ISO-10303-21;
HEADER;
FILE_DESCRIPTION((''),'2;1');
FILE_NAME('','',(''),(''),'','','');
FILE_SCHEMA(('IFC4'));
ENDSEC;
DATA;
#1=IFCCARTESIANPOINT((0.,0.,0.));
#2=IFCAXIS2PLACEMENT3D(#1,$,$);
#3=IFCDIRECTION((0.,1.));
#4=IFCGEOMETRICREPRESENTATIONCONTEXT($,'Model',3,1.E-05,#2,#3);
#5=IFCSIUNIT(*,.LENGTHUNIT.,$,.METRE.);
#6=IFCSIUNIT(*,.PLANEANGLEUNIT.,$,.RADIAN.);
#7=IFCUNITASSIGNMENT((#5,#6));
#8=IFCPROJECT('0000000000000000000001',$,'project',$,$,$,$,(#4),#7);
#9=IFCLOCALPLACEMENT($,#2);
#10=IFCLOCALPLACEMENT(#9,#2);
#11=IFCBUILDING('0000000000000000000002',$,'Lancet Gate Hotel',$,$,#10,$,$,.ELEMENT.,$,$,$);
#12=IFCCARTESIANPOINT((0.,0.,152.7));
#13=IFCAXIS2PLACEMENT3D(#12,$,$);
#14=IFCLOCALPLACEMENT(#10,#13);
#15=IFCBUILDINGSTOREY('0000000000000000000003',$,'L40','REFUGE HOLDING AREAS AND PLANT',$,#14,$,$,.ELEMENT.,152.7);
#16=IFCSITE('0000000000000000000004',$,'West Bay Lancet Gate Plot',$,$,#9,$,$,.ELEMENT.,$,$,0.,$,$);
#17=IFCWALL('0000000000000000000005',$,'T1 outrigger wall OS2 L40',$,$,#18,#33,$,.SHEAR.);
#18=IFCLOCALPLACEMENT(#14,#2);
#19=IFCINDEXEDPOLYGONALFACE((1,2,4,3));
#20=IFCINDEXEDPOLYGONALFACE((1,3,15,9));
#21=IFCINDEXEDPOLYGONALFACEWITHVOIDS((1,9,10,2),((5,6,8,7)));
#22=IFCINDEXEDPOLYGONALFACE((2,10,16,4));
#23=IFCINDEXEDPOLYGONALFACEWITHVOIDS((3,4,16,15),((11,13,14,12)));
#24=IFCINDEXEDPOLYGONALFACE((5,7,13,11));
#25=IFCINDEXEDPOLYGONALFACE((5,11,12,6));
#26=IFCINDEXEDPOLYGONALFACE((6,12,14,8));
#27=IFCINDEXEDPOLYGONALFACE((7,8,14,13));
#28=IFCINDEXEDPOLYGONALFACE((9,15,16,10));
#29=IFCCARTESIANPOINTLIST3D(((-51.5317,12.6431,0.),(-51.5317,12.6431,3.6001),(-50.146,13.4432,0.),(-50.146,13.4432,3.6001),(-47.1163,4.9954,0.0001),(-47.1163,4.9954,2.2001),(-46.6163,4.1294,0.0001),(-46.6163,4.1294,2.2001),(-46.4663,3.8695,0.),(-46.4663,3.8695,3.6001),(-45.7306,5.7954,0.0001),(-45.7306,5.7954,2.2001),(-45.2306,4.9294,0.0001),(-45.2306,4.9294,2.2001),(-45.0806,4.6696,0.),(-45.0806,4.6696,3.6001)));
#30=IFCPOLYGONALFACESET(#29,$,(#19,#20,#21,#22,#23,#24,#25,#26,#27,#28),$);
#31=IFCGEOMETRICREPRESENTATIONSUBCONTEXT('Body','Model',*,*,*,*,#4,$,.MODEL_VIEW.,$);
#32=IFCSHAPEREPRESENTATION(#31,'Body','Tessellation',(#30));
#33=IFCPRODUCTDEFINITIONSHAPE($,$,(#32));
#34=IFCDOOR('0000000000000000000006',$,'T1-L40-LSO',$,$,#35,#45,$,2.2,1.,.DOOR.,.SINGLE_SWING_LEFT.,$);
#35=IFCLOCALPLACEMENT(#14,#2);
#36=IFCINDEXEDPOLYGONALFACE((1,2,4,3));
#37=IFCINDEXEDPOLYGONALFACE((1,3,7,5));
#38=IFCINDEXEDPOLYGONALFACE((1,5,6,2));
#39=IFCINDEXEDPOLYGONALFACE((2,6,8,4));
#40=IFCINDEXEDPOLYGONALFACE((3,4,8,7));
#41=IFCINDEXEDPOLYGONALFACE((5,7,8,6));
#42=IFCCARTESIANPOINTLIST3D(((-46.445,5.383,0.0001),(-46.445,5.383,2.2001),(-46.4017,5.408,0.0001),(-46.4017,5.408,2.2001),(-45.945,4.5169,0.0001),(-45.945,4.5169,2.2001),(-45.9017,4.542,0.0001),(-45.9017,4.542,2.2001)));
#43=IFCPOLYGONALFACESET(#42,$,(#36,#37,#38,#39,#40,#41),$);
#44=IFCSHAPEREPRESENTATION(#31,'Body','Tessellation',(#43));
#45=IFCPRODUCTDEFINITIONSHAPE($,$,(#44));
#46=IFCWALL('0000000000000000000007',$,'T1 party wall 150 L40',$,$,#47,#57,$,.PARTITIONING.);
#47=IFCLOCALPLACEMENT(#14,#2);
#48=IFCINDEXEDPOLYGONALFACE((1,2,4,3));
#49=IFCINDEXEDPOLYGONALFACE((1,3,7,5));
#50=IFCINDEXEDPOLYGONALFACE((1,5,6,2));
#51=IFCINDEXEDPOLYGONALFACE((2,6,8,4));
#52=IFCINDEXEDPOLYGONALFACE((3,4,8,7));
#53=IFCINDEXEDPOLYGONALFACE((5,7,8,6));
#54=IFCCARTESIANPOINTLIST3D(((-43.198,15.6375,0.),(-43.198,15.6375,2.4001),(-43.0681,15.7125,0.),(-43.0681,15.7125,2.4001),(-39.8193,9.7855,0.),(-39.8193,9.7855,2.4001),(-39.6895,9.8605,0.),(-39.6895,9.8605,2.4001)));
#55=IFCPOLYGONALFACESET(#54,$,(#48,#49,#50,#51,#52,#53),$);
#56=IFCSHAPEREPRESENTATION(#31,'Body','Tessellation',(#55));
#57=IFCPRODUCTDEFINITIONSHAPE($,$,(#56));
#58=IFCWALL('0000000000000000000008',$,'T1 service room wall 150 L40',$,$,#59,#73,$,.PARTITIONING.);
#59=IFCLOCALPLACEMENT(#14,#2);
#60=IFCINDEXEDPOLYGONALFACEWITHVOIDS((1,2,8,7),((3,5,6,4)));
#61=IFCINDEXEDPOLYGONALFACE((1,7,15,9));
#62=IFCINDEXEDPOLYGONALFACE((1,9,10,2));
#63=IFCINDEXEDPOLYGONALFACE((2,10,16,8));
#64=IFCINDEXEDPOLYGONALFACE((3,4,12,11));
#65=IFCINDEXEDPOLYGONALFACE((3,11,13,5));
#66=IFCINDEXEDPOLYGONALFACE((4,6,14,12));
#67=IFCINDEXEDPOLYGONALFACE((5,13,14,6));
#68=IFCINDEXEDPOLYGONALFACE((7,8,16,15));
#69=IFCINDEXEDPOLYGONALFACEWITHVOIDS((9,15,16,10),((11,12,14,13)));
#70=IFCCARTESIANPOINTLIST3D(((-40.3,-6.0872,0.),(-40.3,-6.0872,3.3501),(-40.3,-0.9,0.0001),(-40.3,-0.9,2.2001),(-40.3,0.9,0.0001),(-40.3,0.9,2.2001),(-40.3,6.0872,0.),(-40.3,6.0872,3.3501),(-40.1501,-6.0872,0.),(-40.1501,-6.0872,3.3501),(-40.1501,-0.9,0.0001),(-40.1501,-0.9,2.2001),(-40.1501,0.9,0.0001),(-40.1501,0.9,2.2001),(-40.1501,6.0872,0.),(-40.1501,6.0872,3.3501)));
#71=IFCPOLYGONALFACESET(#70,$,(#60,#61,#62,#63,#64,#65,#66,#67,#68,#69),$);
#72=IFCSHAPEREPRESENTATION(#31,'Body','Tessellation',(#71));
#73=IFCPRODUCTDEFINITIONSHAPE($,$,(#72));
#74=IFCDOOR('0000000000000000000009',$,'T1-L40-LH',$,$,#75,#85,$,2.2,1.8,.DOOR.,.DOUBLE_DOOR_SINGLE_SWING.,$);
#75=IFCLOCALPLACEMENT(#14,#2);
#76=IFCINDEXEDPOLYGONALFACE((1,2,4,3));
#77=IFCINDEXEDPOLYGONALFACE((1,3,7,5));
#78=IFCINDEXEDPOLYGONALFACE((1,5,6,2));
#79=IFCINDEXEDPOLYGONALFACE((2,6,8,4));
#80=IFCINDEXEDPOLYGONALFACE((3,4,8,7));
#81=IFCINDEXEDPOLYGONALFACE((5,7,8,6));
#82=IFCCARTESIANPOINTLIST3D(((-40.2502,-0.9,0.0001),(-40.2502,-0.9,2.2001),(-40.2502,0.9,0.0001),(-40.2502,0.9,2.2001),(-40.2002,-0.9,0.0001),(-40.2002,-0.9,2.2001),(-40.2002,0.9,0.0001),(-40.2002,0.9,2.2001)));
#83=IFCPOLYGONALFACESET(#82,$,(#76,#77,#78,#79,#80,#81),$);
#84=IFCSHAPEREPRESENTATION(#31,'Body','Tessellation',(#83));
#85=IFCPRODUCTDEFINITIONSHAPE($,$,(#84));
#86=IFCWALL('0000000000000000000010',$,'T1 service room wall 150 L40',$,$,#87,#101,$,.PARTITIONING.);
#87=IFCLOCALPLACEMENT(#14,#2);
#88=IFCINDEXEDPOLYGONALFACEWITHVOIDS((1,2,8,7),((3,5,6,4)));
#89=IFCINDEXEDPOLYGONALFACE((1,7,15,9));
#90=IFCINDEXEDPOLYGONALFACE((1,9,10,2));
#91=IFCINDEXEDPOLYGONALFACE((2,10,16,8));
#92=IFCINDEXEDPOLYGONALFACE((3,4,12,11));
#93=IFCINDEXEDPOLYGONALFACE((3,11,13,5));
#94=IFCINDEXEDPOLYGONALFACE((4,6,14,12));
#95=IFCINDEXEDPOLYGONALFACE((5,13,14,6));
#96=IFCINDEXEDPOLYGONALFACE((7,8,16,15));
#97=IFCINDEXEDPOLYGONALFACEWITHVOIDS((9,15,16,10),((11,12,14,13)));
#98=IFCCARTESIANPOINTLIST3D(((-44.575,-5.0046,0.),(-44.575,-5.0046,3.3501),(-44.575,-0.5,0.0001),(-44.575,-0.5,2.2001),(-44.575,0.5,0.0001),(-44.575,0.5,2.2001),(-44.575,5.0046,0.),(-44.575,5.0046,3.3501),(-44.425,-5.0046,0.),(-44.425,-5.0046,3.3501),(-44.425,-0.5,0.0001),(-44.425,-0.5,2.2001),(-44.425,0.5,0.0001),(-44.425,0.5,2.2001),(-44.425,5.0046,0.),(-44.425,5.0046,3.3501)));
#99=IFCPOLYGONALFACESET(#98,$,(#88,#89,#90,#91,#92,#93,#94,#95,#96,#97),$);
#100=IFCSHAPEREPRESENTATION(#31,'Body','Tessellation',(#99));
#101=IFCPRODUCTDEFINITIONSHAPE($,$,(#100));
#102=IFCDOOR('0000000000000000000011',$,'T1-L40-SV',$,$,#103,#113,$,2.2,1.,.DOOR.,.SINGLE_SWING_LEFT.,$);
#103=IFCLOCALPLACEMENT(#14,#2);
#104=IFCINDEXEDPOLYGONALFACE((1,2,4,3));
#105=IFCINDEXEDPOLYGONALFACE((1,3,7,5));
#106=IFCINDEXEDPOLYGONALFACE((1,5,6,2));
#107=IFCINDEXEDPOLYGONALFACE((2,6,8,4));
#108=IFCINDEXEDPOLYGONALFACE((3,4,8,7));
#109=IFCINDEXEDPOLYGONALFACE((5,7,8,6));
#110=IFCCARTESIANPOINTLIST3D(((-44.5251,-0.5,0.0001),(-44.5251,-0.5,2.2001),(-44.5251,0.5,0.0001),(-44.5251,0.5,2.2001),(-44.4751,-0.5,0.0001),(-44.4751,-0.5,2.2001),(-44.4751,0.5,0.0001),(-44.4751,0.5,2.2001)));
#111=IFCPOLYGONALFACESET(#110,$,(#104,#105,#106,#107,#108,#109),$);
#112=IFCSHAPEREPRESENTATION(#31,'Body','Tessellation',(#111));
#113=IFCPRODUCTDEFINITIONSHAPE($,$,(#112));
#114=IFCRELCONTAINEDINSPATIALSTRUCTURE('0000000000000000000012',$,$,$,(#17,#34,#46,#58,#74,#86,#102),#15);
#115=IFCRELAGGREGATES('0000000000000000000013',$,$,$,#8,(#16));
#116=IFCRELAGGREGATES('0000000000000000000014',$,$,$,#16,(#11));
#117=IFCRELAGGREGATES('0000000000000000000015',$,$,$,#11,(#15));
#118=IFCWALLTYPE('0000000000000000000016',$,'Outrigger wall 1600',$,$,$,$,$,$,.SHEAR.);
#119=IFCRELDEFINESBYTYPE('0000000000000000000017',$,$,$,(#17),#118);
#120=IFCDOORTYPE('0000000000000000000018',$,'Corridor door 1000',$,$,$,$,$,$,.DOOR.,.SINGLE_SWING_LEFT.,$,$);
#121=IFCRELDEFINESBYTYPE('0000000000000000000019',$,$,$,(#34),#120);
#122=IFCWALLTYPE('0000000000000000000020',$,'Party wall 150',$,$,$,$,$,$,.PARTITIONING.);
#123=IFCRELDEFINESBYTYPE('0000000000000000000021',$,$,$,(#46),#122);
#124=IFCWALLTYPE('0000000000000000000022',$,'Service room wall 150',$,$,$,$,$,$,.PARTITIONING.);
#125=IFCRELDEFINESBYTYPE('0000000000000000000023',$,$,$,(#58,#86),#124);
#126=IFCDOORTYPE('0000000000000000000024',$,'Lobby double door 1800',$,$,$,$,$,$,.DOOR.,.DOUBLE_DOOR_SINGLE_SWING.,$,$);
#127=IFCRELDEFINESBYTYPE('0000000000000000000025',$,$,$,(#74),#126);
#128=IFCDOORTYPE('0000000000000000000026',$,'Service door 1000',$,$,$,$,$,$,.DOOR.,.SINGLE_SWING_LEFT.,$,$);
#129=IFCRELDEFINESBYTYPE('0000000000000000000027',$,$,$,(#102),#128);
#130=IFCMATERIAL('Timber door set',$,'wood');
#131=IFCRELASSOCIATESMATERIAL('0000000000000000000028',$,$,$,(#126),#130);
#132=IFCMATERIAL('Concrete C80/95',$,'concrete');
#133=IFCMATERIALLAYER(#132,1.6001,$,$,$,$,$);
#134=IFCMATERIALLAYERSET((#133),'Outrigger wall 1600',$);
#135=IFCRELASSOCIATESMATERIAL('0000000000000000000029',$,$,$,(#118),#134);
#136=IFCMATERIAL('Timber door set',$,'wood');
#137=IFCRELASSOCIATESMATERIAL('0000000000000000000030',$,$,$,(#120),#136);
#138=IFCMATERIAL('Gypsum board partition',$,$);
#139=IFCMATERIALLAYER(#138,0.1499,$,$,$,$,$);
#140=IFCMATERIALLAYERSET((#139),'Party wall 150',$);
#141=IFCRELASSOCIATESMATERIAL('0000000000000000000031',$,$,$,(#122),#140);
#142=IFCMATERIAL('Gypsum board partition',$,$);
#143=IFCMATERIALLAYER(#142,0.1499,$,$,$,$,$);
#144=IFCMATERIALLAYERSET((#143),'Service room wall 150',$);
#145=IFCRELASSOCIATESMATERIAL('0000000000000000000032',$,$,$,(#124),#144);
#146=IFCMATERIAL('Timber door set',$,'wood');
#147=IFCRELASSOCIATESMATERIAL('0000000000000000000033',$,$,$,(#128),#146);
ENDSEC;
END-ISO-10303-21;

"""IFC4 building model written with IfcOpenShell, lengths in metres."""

from ifc_helpers import new_model, si_unit, direction, frame, frame_2d, origin, place, context, subcontext, project, spatial, rectangle, extrude, material, layer, layer_set, type_object, element, fill, save


model = new_model("IFC4")

# Units and contexts
model_context = context("Model", 3, precision=1e-05, world=origin(), true_north=direction((0.0, 1.0)))
body_context = subcontext(model_context, "Body", "Model", "MODEL_VIEW")
ifc_project = project(units=[si_unit("LENGTHUNIT", "METRE"), si_unit("PLANEANGLEUNIT", "RADIAN")], contexts=[model_context])

# Site, building, storey
site_placement = place(None, origin())
site = spatial("IfcSite", under=ifc_project, at=site_placement, Name="West Bay Lancet Gate Plot", CompositionType="ELEMENT", RefElevation=0.0)
building_placement = place(site_placement, origin())
building = spatial("IfcBuilding", under=site, at=building_placement, Name="Lancet Gate Hotel", CompositionType="ELEMENT")
storey_placement = place(building_placement, frame((0.0, 0.0, 152.7)))
storey = spatial("IfcBuildingStorey", under=building, at=storey_placement, Name="L40", Description="REFUGE HOLDING AREAS AND PLANT", CompositionType="ELEMENT", Elevation=152.7)

# Wall, opening, door
ifc_material_1 = material(Name="Timber door set", Category="wood")
door_type_1 = type_object("IfcDoorType", Name="Lobby double door 1800", OperationType="DOUBLE_DOOR_SINGLE_SWING", PredefinedType="DOOR", material=ifc_material_1)
ifc_material_2 = material(Name="Concrete C80/95", Category="concrete")
ifc_layer_1 = layer(ifc_material_2, 1.6001)
ifc_layer_set_1 = layer_set([ifc_layer_1], Name="Outrigger wall 1600")
wall_type_1 = type_object("IfcWallType", Name="Outrigger wall 1600", PredefinedType="SHEAR", material=ifc_layer_set_1)
wall_1_placement = place(storey_placement, frame((-45.7734, 4.2695, 0.0), z_axis=(0.0, 0.0, 1.0), x_axis=(-0.499996, 0.866028, 0.0)))
wall_1 = element("IfcWall", 1, at=wall_1_placement, inside=storey, type_object=wall_type_1, Name="T1 outrigger wall OS2 L40", PredefinedType="SHEAR", context=body_context, shape_type="SweptSolid", body=[
    extrude(rectangle(XDim=10.1309, YDim=1.6001, at=frame_2d((5.0654, 0.0))), origin(), (0.0, 0.0, 1.0), 3.6001),
])
opening_1_placement = place(wall_1_placement, frame((0.3, 0.0, 0.0)))
opening_1 = element("IfcOpeningElement", 2, at=opening_1_placement, cuts=wall_1, PredefinedType="OPENING", context=body_context, shape_type="SweptSolid", body=[
    extrude(rectangle(XDim=1.0, YDim=2.2, at=frame_2d((0.5, 1.1001))), frame((0.0, 0.8101, 0.0), z_axis=(0.0, -1.0, 0.0), x_axis=(1.0, 0.0, 0.0)), (0.0, 0.0, 1.0), 1.6201),
])
ifc_material_3 = material(Name="Timber door set", Category="wood")
door_type_2 = type_object("IfcDoorType", Name="Corridor door 1000", OperationType="SINGLE_SWING_LEFT", PredefinedType="DOOR", material=ifc_material_3)
door_1_placement = place(opening_1_placement, origin())
door_1 = element("IfcDoor", 3, at=door_1_placement, inside=storey, type_object=door_type_2, Name="T1-L40-LSO", OperationType="SINGLE_SWING_LEFT", OverallHeight=2.2, OverallWidth=1.0, PredefinedType="DOOR", context=body_context, shape_type="SweptSolid", body=[
    extrude(rectangle(XDim=1.0, YDim=2.2, at=frame_2d((0.5, 1.1001))), frame((0.0, 0.0249, 0.0), z_axis=(0.0, -1.0, 0.0), x_axis=(1.0, 0.0, 0.0)), (0.0, 0.0, 1.0), 0.05),
])
fill(opening_1, door_1)

# Wall
ifc_material_4 = material(Name="Gypsum board partition")
ifc_layer_2 = layer(ifc_material_4, 0.1499)
ifc_layer_set_2 = layer_set([ifc_layer_2], Name="Party wall 150")
wall_type_2 = type_object("IfcWallType", Name="Party wall 150", PredefinedType="PARTITIONING", material=ifc_layer_set_2)
wall_2_placement = place(storey_placement, frame((-39.7544, 9.823, 0.0), z_axis=(0.0, 0.0, 1.0), x_axis=(-0.499998, 0.866027, 0.0)))
element("IfcWall", 4, at=wall_2_placement, inside=storey, type_object=wall_type_2, Name="T1 party wall 150 L40", PredefinedType="PARTITIONING", context=body_context, shape_type="SweptSolid", body=[
    extrude(rectangle(XDim=6.7573, YDim=0.1499, at=frame_2d((3.3787, 0.0))), origin(), (0.0, 0.0, 1.0), 2.4001),
])

# Walls, openings, doors
ifc_material_5 = material(Name="Gypsum board partition")
ifc_layer_3 = layer(ifc_material_5, 0.1499)
ifc_layer_set_3 = layer_set([ifc_layer_3], Name="Service room wall 150")
wall_type_3 = type_object("IfcWallType", Name="Service room wall 150", PredefinedType="PARTITIONING", material=ifc_layer_set_3)
wall_3_placement = place(storey_placement, frame((-40.2251, 6.0872, 0.0), z_axis=(0.0, 0.0, 1.0), x_axis=(0.0, -1.0, 0.0)))
wall_3 = element("IfcWall", 5, at=wall_3_placement, inside=storey, type_object=wall_type_3, Name="T1 service room wall 150 L40", PredefinedType="PARTITIONING", context=body_context, shape_type="SweptSolid", body=[
    extrude(rectangle(XDim=12.1743, YDim=0.1499, at=frame_2d((6.0872, 0.0))), origin(), (0.0, 0.0, 1.0), 3.3501),
])
opening_2_placement = place(wall_3_placement, frame((5.1873, 0.0, 0.0)))
opening_2 = element("IfcOpeningElement", 6, at=opening_2_placement, cuts=wall_3, PredefinedType="OPENING", context=body_context, shape_type="SweptSolid", body=[
    extrude(rectangle(XDim=1.8, YDim=2.2, at=frame_2d((0.8999, 1.1001))), frame((0.0, 0.085, 0.0), z_axis=(0.0, -1.0, 0.0), x_axis=(1.0, 0.0, 0.0)), (0.0, 0.0, 1.0), 0.1699),
])
door_2_placement = place(opening_2_placement, origin())
door_2 = element("IfcDoor", 7, at=door_2_placement, inside=storey, type_object=door_type_1, Name="T1-L40-LH", OperationType="DOUBLE_DOOR_SINGLE_SWING", OverallHeight=2.2, OverallWidth=1.8, PredefinedType="DOOR", context=body_context, shape_type="SweptSolid", body=[
    extrude(rectangle(XDim=1.8, YDim=2.2, at=frame_2d((0.8999, 1.1001))), frame((0.0, 0.0249, 0.0), z_axis=(0.0, -1.0, 0.0), x_axis=(1.0, 0.0, 0.0)), (0.0, 0.0, 1.0), 0.05),
])
fill(opening_2, door_2)
wall_4_placement = place(storey_placement, frame((-44.5, 5.0046, 0.0), z_axis=(0.0, 0.0, 1.0), x_axis=(0.0, -1.0, 0.0)))
wall_4 = element("IfcWall", 8, at=wall_4_placement, inside=storey, type_object=wall_type_3, Name="T1 service room wall 150 L40", PredefinedType="PARTITIONING", context=body_context, shape_type="SweptSolid", body=[
    extrude(rectangle(XDim=10.0093, YDim=0.1499, at=frame_2d((5.0046, 0.0))), origin(), (0.0, 0.0, 1.0), 3.3501),
])
opening_3_placement = place(wall_4_placement, frame((4.5046, 0.0, 0.0)))
opening_3 = element("IfcOpeningElement", 9, at=opening_3_placement, cuts=wall_4, PredefinedType="OPENING", context=body_context, shape_type="SweptSolid", body=[
    extrude(rectangle(XDim=1.0, YDim=2.2, at=frame_2d((0.5, 1.1001))), frame((0.0, 0.085, 0.0), z_axis=(0.0, -1.0, 0.0), x_axis=(1.0, 0.0, 0.0)), (0.0, 0.0, 1.0), 0.1699),
])
ifc_material_6 = material(Name="Timber door set", Category="wood")
door_type_3 = type_object("IfcDoorType", Name="Service door 1000", OperationType="SINGLE_SWING_LEFT", PredefinedType="DOOR", material=ifc_material_6)
door_3_placement = place(opening_3_placement, origin())
door_3 = element("IfcDoor", 10, at=door_3_placement, inside=storey, type_object=door_type_3, Name="T1-L40-SV", OperationType="SINGLE_SWING_LEFT", OverallHeight=2.2, OverallWidth=1.0, PredefinedType="DOOR", context=body_context, shape_type="SweptSolid", body=[
    extrude(rectangle(XDim=1.0, YDim=2.2, at=frame_2d((0.5, 1.1001))), frame((0.0, 0.0249, 0.0), z_axis=(0.0, -1.0, 0.0), x_axis=(1.0, 0.0, 0.0)), (0.0, 0.0, 1.0), 0.05),
])
fill(opening_3, door_3)

save(model, "model.ifc")
